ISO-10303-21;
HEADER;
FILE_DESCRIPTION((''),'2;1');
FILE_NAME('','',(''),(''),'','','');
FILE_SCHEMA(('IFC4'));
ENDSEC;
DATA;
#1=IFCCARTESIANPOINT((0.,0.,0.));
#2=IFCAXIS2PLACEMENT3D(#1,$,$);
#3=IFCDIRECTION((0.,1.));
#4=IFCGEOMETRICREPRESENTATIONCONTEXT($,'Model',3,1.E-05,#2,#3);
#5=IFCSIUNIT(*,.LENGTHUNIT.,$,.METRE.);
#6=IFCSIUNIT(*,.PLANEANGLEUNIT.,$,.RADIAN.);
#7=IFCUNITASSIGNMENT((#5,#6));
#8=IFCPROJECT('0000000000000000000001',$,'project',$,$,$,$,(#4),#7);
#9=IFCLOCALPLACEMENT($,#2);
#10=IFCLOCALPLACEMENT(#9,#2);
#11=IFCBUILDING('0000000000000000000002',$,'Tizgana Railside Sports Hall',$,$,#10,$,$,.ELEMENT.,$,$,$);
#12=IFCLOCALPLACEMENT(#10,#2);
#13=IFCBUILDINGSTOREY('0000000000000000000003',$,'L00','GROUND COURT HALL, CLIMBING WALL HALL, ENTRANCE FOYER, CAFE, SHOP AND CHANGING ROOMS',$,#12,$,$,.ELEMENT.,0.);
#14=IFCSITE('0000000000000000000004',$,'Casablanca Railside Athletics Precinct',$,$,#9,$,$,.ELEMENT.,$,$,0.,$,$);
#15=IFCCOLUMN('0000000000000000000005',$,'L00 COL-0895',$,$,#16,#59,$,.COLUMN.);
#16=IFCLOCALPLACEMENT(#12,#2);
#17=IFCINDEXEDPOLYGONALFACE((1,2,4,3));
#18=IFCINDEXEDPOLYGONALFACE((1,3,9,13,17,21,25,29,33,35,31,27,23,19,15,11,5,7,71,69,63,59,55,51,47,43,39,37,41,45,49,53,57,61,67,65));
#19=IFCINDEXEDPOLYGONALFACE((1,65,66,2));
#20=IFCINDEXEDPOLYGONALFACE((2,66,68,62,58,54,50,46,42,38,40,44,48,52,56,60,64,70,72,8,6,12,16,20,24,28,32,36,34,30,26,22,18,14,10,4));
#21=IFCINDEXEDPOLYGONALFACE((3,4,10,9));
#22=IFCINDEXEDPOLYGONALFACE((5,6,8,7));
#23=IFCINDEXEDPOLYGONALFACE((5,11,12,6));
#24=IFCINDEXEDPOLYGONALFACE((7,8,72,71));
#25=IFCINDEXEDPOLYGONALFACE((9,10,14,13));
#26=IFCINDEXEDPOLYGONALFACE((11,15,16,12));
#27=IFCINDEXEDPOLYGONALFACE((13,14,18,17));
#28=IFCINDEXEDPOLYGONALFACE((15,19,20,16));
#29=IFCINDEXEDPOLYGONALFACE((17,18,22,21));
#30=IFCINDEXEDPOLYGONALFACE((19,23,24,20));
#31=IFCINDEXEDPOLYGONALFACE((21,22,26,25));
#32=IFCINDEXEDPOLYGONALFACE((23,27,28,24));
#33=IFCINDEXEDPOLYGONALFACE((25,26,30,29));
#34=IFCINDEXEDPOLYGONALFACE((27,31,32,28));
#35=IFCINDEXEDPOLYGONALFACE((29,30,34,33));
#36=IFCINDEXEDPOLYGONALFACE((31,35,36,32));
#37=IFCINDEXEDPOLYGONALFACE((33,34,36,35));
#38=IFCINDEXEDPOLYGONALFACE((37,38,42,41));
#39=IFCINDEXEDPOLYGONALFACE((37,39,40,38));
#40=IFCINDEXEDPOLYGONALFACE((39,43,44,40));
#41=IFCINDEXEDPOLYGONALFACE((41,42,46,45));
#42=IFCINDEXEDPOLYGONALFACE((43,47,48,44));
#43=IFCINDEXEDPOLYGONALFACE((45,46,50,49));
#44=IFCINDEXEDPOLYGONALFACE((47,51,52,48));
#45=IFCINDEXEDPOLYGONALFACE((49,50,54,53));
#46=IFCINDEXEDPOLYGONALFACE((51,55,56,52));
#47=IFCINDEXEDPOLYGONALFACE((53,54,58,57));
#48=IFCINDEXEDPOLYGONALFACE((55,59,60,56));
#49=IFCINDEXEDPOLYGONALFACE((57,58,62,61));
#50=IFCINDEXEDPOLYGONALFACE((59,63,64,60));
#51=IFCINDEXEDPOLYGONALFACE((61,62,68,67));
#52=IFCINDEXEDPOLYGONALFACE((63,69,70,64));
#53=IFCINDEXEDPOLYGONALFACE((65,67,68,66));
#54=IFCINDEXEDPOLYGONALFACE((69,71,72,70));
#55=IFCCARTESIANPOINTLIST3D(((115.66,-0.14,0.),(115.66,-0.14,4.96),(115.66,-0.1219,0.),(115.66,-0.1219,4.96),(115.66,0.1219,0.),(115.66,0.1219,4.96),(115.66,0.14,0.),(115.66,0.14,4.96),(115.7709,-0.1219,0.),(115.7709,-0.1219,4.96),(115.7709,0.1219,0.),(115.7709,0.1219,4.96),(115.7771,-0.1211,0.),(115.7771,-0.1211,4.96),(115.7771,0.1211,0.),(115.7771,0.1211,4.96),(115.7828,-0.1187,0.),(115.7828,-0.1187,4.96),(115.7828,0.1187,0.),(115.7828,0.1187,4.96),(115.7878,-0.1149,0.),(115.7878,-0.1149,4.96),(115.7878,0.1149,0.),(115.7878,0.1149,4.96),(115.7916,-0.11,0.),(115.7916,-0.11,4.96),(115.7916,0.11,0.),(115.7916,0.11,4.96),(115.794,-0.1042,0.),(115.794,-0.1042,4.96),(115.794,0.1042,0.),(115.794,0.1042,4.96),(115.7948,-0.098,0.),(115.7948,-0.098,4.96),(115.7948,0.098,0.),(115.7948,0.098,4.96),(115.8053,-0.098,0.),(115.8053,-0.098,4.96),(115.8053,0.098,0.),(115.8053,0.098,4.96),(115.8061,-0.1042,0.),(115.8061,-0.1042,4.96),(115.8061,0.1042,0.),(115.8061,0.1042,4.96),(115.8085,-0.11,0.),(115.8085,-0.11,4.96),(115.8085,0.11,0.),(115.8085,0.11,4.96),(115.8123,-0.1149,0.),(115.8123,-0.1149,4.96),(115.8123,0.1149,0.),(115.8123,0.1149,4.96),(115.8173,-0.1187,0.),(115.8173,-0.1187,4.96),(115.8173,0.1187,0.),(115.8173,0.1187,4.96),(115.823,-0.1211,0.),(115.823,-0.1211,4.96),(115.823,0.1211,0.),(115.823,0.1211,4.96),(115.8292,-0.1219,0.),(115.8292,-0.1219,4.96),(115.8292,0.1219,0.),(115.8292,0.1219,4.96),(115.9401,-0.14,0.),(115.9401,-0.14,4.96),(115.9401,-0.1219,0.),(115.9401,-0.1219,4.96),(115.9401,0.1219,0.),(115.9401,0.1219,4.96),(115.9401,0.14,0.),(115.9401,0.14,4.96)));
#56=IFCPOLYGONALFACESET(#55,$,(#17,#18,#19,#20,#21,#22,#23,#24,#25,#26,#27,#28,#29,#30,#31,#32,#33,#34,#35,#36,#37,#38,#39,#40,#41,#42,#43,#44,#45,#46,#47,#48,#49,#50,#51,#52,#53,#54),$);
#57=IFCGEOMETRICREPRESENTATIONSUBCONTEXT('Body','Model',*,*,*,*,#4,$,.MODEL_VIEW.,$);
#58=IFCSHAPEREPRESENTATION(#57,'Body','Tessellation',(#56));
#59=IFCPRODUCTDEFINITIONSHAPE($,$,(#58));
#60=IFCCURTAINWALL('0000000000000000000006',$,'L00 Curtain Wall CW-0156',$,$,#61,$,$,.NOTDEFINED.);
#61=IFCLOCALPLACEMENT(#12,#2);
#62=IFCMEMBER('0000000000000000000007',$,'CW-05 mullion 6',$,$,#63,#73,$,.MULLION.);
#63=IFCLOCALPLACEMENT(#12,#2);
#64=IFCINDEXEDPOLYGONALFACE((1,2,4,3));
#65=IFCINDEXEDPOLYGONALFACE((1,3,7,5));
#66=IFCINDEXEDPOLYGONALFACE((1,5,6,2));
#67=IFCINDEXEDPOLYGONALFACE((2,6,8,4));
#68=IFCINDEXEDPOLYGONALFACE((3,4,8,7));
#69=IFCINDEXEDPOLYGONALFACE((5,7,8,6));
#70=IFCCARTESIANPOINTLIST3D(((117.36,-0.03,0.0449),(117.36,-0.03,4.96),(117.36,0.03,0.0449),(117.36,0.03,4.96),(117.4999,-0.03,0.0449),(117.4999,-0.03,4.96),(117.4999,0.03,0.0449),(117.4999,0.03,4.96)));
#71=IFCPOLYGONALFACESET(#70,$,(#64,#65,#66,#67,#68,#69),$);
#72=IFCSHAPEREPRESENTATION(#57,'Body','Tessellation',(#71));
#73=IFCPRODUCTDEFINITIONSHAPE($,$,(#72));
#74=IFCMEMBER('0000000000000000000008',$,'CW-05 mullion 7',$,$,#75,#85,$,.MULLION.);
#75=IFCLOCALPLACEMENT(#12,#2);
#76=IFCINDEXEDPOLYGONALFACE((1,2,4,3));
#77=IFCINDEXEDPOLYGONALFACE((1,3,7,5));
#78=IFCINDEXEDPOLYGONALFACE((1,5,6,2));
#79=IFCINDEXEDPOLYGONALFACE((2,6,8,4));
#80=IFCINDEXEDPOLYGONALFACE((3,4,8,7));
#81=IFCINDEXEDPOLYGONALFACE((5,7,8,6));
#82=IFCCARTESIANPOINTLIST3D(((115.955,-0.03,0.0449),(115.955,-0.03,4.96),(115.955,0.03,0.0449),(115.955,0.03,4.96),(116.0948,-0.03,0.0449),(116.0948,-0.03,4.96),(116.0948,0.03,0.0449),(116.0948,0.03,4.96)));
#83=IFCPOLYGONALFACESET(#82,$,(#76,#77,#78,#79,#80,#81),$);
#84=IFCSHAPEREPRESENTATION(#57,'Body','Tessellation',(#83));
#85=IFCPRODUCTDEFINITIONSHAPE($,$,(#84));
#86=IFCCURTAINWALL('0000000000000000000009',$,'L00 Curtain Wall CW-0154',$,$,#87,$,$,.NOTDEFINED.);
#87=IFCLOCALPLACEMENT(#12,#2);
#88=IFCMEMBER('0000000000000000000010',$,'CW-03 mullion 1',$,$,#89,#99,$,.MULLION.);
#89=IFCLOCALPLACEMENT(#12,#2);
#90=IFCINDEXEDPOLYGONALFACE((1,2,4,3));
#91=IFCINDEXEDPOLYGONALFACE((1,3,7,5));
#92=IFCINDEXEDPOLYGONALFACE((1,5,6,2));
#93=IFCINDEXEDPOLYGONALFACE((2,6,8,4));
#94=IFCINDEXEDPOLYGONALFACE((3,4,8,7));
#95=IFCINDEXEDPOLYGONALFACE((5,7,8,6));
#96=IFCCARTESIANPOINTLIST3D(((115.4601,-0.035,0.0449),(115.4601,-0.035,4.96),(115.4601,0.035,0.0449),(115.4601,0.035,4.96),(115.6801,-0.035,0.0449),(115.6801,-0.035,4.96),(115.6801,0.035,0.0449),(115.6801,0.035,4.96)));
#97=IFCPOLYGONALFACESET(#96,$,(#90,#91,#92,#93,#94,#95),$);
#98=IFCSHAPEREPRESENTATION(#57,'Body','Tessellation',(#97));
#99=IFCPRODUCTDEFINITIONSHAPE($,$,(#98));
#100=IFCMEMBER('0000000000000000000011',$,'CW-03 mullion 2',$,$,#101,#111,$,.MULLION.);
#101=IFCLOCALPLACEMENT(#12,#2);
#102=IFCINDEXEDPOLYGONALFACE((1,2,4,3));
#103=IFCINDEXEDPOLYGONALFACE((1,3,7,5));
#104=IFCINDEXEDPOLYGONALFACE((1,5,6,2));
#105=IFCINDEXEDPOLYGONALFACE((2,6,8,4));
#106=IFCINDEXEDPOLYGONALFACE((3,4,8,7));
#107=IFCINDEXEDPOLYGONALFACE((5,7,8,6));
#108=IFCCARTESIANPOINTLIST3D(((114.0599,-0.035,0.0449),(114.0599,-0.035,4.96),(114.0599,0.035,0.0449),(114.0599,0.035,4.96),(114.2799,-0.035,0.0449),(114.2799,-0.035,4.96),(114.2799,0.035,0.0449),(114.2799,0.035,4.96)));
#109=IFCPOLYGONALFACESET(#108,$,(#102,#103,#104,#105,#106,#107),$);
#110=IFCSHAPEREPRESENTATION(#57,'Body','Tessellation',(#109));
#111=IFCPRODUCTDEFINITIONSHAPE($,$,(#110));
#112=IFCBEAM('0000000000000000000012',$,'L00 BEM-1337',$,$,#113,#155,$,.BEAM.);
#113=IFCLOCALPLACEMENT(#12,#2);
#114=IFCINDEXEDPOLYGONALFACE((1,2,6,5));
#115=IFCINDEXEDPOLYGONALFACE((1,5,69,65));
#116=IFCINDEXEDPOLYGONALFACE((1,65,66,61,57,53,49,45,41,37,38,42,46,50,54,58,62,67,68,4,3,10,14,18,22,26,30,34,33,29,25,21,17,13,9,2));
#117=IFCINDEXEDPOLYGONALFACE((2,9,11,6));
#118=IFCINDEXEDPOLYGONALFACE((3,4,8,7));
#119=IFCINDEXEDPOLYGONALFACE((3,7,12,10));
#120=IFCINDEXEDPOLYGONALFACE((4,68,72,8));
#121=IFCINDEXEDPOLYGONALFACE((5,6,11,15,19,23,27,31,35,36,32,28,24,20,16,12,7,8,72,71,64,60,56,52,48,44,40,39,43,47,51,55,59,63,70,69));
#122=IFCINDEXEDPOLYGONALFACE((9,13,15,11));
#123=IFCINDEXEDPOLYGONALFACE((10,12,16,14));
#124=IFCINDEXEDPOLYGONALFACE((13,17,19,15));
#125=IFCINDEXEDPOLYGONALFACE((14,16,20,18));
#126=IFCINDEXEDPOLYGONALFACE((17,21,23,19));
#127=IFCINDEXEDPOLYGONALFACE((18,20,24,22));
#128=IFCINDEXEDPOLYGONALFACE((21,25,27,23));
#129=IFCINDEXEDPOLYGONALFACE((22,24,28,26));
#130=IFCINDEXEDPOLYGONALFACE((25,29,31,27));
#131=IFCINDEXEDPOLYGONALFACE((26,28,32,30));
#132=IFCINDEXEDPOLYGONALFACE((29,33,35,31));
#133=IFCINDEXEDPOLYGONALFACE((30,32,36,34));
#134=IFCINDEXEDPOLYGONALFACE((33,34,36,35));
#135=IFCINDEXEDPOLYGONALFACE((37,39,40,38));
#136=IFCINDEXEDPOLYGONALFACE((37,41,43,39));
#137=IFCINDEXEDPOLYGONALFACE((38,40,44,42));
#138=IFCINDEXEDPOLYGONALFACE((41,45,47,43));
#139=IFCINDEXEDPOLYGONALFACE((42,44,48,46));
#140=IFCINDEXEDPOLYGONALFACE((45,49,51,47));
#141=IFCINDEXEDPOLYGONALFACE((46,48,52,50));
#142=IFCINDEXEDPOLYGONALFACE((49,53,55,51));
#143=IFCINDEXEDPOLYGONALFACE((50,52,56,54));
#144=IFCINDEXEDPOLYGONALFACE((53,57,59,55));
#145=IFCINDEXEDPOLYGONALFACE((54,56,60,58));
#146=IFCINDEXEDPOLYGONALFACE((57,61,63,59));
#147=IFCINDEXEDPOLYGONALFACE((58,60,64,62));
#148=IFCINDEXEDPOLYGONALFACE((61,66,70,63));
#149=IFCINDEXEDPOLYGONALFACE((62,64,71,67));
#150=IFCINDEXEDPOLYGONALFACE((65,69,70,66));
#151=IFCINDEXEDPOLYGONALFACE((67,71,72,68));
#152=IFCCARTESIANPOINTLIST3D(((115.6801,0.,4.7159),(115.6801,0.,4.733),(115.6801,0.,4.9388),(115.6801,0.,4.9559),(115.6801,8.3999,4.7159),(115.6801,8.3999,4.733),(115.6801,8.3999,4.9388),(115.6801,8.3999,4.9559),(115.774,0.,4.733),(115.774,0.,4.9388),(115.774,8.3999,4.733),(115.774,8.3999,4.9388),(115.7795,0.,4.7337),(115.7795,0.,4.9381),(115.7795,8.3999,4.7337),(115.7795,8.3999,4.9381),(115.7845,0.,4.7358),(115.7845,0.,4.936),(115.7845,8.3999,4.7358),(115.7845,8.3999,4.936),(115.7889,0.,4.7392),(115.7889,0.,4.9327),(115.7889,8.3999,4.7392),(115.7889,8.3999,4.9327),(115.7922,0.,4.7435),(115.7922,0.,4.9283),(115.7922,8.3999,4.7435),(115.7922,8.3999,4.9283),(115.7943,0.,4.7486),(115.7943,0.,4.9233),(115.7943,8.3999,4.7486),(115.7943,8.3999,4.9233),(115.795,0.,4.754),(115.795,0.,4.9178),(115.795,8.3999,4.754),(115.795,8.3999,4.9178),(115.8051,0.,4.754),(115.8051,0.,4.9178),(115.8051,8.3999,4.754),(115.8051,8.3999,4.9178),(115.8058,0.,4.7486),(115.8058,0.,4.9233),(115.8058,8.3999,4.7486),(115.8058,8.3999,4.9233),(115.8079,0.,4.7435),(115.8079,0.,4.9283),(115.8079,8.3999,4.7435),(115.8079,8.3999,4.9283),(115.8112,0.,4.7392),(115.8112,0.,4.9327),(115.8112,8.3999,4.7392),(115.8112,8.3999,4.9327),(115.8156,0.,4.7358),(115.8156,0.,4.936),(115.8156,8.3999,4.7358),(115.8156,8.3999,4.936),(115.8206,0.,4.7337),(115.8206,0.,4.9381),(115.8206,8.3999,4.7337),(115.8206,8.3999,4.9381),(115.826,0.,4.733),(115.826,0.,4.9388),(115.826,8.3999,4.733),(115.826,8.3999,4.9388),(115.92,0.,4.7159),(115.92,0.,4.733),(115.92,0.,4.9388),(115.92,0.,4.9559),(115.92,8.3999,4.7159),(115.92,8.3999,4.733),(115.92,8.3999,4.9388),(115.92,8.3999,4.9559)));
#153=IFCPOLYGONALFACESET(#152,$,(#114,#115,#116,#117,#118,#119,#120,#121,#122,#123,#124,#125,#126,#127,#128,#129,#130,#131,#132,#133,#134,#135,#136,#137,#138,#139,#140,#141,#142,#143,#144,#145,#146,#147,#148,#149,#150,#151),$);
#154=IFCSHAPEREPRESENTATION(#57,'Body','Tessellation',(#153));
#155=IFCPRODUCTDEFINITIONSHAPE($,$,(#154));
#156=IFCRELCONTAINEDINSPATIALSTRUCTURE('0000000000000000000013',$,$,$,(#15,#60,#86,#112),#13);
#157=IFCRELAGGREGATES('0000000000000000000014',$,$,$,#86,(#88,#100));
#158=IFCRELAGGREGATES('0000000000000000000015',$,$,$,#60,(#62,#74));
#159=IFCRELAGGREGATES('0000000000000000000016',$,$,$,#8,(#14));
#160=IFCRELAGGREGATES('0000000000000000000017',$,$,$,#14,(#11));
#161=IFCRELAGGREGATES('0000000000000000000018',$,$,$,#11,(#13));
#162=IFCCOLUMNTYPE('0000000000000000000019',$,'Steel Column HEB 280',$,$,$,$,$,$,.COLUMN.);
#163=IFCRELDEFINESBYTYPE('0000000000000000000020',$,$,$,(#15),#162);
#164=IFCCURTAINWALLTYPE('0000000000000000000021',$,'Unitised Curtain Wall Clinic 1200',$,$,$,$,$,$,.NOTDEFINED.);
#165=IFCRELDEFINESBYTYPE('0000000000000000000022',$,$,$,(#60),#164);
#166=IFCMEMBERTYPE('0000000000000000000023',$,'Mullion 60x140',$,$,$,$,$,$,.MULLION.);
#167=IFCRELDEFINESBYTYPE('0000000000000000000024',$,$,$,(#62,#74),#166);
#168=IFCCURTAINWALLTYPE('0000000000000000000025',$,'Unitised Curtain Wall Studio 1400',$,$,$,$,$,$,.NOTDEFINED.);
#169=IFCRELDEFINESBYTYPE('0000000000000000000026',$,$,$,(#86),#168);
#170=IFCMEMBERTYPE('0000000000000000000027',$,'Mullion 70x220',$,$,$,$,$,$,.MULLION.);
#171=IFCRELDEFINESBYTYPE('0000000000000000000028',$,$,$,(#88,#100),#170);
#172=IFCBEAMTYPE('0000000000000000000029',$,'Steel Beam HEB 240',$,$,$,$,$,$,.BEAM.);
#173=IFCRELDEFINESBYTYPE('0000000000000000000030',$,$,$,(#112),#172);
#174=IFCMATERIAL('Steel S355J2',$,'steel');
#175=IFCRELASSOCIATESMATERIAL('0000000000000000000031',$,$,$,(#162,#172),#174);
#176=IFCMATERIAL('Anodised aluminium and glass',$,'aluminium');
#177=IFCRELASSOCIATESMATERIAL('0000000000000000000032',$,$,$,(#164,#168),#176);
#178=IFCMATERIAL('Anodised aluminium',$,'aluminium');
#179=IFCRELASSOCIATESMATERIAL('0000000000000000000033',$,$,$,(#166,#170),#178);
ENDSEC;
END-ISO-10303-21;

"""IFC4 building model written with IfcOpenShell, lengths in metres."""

from ifc_helpers import new_model, si_unit, direction, frame, origin, origin_2d, place, context, subcontext, project, spatial, rectangle, i_section, extrude, material, material_profile, profile_set, type_object, element, aggregate, save


model = new_model("IFC4")

# Units and contexts
model_context = context("Model", 3, precision=1e-05, world=origin(), true_north=direction((0.0, 1.0)))
body_context = subcontext(model_context, "Body", "Model", "MODEL_VIEW")
ifc_project = project(units=[si_unit("LENGTHUNIT", "METRE"), si_unit("PLANEANGLEUNIT", "RADIAN")], contexts=[model_context])

# Site, building, storey
site_placement = place(None, origin())
site = spatial("IfcSite", under=ifc_project, at=site_placement, Name="Casablanca Railside Athletics Precinct", CompositionType="ELEMENT", RefElevation=0.0)
building_placement = place(site_placement, origin())
building = spatial("IfcBuilding", under=site, at=building_placement, Name="Tizgana Railside Sports Hall", CompositionType="ELEMENT")
storey_placement = place(building_placement, origin())
storey = spatial("IfcBuildingStorey", under=building, at=storey_placement, Name="L00", Description="GROUND COURT HALL, CLIMBING WALL HALL, ENTRANCE FOYER, CAFE, SHOP AND CHANGING ROOMS", CompositionType="ELEMENT", Elevation=0.0)

# Column
ifc_material_1 = material(Name="Steel S355J2", Category="steel")
ifc_material_profile_1 = material_profile(ifc_material_1, i_section(OverallWidth=0.28, OverallDepth=0.28, WebThickness=0.0105, FlangeThickness=0.0181, FilletRadius=0.0239, at=origin_2d()), Name="HEB 280")
ifc_profile_set_1 = profile_set([ifc_material_profile_1], Name="Steel S355J2")
column_type = type_object("IfcColumnType", Name="Steel Column HEB 280", PredefinedType="COLUMN", material=ifc_profile_set_1)
column_placement = place(storey_placement, frame((115.8, 0.0, 0.0), z_axis=(0.0, 0.0, 1.0), x_axis=(1.0, 0.0, 0.0)))
element("IfcColumn", 1, at=column_placement, inside=storey, type_object=column_type, Name="L00 COL-0895", PredefinedType="COLUMN", context=body_context, shape_type="SweptSolid", body=[
    extrude(i_section(OverallWidth=0.28, OverallDepth=0.28, WebThickness=0.0105, FlangeThickness=0.0181, FilletRadius=0.0239, at=origin_2d()), origin(), (0.0, 0.0, 1.0), 4.96),
])

# Curtain walls, members
ifc_material_2 = material(Name="Anodised aluminium and glass", Category="aluminium")
curtain_wall_type_1 = type_object("IfcCurtainWallType", Name="Unitised Curtain Wall Clinic 1200", PredefinedType="NOTDEFINED", material=ifc_material_2)
curtain_wall_1_placement = place(storey_placement, origin())
curtain_wall_1 = element("IfcCurtainWall", 2, at=curtain_wall_1_placement, inside=storey, type_object=curtain_wall_type_1, Name="L00 Curtain Wall CW-0156", PredefinedType="NOTDEFINED")
ifc_material_3 = material(Name="Anodised aluminium", Category="aluminium")
ifc_material_profile_2 = material_profile(ifc_material_3, rectangle(XDim=0.0601, YDim=0.1399, at=origin_2d()), Name="Mullion 60x140")
ifc_profile_set_2 = profile_set([ifc_material_profile_2], Name="Anodised aluminium")
member_type_1 = type_object("IfcMemberType", Name="Mullion 60x140", PredefinedType="MULLION", material=ifc_profile_set_2)
member_1_placement = place(storey_placement, frame((117.4299, 0.0, 0.0449), z_axis=(0.0, 0.0, 1.0), x_axis=(0.0, -1.0, 0.0)))
member_1 = element("IfcMember", 3, at=member_1_placement, type_object=member_type_1, Name="CW-05 mullion 6", PredefinedType="MULLION", context=body_context, shape_type="SweptSolid", body=[
    extrude(rectangle(XDim=0.0601, YDim=0.1399, at=origin_2d()), origin(), (0.0, 0.0, 1.0), 4.915),
])
member_2_placement = place(storey_placement, frame((116.0249, 0.0, 0.0449), z_axis=(0.0, 0.0, 1.0), x_axis=(0.0, -1.0, 0.0)))
member_2 = element("IfcMember", 4, at=member_2_placement, type_object=member_type_1, Name="CW-05 mullion 7", PredefinedType="MULLION", context=body_context, shape_type="SweptSolid", body=[
    extrude(rectangle(XDim=0.0601, YDim=0.1399, at=origin_2d()), origin(), (0.0, 0.0, 1.0), 4.915),
])
curtain_wall_type_2 = type_object("IfcCurtainWallType", Name="Unitised Curtain Wall Studio 1400", PredefinedType="NOTDEFINED", material=ifc_material_2)
curtain_wall_2_placement = place(storey_placement, origin())
curtain_wall_2 = element("IfcCurtainWall", 5, at=curtain_wall_2_placement, inside=storey, type_object=curtain_wall_type_2, Name="L00 Curtain Wall CW-0154", PredefinedType="NOTDEFINED")
ifc_material_profile_3 = material_profile(ifc_material_3, rectangle(XDim=0.0701, YDim=0.22, at=origin_2d()), Name="Mullion 70x220")
ifc_profile_set_3 = profile_set([ifc_material_profile_3], Name="Anodised aluminium")
member_type_2 = type_object("IfcMemberType", Name="Mullion 70x220", PredefinedType="MULLION", material=ifc_profile_set_3)
member_3_placement = place(storey_placement, frame((115.5701, 0.0, 0.0449), z_axis=(0.0, 0.0, 1.0), x_axis=(0.0, -1.0, 0.0)))
member_3 = element("IfcMember", 6, at=member_3_placement, type_object=member_type_2, Name="CW-03 mullion 1", PredefinedType="MULLION", context=body_context, shape_type="SweptSolid", body=[
    extrude(rectangle(XDim=0.0701, YDim=0.22, at=origin_2d()), origin(), (0.0, 0.0, 1.0), 4.915),
])
member_4_placement = place(storey_placement, frame((114.1699, 0.0, 0.0449), z_axis=(0.0, 0.0, 1.0), x_axis=(0.0, -1.0, 0.0)))
member_4 = element("IfcMember", 7, at=member_4_placement, type_object=member_type_2, Name="CW-03 mullion 2", PredefinedType="MULLION", context=body_context, shape_type="SweptSolid", body=[
    extrude(rectangle(XDim=0.0701, YDim=0.22, at=origin_2d()), origin(), (0.0, 0.0, 1.0), 4.915),
])

# Beam
ifc_material_profile_4 = material_profile(ifc_material_1, i_section(OverallWidth=0.24, OverallDepth=0.24, WebThickness=0.01, FlangeThickness=0.0171, FilletRadius=0.021, at=origin_2d()), Name="HEB 240")
ifc_profile_set_4 = profile_set([ifc_material_profile_4], Name="Steel S355J2")
beam_type_1 = type_object("IfcBeamType", Name="Steel Beam HEB 240", PredefinedType="BEAM", material=ifc_profile_set_4)
beam_1_placement = place(storey_placement, frame((115.8, 0.0, 4.8359), z_axis=(0.0, 1.0, 0.0), x_axis=(-1.0, 0.0, 0.0)))
element("IfcBeam", 8, at=beam_1_placement, inside=storey, type_object=beam_type_1, Name="L00 BEM-1337", PredefinedType="BEAM", context=body_context, shape_type="SweptSolid", body=[
    extrude(i_section(OverallWidth=0.24, OverallDepth=0.24, WebThickness=0.01, FlangeThickness=0.0171, FilletRadius=0.021, at=origin_2d()), origin(), (0.0, 0.0, 1.0), 8.3999),
])

aggregate(curtain_wall_2, [member_3, member_4])
aggregate(curtain_wall_1, [member_1, member_2])

save(model, "model.ifc")
